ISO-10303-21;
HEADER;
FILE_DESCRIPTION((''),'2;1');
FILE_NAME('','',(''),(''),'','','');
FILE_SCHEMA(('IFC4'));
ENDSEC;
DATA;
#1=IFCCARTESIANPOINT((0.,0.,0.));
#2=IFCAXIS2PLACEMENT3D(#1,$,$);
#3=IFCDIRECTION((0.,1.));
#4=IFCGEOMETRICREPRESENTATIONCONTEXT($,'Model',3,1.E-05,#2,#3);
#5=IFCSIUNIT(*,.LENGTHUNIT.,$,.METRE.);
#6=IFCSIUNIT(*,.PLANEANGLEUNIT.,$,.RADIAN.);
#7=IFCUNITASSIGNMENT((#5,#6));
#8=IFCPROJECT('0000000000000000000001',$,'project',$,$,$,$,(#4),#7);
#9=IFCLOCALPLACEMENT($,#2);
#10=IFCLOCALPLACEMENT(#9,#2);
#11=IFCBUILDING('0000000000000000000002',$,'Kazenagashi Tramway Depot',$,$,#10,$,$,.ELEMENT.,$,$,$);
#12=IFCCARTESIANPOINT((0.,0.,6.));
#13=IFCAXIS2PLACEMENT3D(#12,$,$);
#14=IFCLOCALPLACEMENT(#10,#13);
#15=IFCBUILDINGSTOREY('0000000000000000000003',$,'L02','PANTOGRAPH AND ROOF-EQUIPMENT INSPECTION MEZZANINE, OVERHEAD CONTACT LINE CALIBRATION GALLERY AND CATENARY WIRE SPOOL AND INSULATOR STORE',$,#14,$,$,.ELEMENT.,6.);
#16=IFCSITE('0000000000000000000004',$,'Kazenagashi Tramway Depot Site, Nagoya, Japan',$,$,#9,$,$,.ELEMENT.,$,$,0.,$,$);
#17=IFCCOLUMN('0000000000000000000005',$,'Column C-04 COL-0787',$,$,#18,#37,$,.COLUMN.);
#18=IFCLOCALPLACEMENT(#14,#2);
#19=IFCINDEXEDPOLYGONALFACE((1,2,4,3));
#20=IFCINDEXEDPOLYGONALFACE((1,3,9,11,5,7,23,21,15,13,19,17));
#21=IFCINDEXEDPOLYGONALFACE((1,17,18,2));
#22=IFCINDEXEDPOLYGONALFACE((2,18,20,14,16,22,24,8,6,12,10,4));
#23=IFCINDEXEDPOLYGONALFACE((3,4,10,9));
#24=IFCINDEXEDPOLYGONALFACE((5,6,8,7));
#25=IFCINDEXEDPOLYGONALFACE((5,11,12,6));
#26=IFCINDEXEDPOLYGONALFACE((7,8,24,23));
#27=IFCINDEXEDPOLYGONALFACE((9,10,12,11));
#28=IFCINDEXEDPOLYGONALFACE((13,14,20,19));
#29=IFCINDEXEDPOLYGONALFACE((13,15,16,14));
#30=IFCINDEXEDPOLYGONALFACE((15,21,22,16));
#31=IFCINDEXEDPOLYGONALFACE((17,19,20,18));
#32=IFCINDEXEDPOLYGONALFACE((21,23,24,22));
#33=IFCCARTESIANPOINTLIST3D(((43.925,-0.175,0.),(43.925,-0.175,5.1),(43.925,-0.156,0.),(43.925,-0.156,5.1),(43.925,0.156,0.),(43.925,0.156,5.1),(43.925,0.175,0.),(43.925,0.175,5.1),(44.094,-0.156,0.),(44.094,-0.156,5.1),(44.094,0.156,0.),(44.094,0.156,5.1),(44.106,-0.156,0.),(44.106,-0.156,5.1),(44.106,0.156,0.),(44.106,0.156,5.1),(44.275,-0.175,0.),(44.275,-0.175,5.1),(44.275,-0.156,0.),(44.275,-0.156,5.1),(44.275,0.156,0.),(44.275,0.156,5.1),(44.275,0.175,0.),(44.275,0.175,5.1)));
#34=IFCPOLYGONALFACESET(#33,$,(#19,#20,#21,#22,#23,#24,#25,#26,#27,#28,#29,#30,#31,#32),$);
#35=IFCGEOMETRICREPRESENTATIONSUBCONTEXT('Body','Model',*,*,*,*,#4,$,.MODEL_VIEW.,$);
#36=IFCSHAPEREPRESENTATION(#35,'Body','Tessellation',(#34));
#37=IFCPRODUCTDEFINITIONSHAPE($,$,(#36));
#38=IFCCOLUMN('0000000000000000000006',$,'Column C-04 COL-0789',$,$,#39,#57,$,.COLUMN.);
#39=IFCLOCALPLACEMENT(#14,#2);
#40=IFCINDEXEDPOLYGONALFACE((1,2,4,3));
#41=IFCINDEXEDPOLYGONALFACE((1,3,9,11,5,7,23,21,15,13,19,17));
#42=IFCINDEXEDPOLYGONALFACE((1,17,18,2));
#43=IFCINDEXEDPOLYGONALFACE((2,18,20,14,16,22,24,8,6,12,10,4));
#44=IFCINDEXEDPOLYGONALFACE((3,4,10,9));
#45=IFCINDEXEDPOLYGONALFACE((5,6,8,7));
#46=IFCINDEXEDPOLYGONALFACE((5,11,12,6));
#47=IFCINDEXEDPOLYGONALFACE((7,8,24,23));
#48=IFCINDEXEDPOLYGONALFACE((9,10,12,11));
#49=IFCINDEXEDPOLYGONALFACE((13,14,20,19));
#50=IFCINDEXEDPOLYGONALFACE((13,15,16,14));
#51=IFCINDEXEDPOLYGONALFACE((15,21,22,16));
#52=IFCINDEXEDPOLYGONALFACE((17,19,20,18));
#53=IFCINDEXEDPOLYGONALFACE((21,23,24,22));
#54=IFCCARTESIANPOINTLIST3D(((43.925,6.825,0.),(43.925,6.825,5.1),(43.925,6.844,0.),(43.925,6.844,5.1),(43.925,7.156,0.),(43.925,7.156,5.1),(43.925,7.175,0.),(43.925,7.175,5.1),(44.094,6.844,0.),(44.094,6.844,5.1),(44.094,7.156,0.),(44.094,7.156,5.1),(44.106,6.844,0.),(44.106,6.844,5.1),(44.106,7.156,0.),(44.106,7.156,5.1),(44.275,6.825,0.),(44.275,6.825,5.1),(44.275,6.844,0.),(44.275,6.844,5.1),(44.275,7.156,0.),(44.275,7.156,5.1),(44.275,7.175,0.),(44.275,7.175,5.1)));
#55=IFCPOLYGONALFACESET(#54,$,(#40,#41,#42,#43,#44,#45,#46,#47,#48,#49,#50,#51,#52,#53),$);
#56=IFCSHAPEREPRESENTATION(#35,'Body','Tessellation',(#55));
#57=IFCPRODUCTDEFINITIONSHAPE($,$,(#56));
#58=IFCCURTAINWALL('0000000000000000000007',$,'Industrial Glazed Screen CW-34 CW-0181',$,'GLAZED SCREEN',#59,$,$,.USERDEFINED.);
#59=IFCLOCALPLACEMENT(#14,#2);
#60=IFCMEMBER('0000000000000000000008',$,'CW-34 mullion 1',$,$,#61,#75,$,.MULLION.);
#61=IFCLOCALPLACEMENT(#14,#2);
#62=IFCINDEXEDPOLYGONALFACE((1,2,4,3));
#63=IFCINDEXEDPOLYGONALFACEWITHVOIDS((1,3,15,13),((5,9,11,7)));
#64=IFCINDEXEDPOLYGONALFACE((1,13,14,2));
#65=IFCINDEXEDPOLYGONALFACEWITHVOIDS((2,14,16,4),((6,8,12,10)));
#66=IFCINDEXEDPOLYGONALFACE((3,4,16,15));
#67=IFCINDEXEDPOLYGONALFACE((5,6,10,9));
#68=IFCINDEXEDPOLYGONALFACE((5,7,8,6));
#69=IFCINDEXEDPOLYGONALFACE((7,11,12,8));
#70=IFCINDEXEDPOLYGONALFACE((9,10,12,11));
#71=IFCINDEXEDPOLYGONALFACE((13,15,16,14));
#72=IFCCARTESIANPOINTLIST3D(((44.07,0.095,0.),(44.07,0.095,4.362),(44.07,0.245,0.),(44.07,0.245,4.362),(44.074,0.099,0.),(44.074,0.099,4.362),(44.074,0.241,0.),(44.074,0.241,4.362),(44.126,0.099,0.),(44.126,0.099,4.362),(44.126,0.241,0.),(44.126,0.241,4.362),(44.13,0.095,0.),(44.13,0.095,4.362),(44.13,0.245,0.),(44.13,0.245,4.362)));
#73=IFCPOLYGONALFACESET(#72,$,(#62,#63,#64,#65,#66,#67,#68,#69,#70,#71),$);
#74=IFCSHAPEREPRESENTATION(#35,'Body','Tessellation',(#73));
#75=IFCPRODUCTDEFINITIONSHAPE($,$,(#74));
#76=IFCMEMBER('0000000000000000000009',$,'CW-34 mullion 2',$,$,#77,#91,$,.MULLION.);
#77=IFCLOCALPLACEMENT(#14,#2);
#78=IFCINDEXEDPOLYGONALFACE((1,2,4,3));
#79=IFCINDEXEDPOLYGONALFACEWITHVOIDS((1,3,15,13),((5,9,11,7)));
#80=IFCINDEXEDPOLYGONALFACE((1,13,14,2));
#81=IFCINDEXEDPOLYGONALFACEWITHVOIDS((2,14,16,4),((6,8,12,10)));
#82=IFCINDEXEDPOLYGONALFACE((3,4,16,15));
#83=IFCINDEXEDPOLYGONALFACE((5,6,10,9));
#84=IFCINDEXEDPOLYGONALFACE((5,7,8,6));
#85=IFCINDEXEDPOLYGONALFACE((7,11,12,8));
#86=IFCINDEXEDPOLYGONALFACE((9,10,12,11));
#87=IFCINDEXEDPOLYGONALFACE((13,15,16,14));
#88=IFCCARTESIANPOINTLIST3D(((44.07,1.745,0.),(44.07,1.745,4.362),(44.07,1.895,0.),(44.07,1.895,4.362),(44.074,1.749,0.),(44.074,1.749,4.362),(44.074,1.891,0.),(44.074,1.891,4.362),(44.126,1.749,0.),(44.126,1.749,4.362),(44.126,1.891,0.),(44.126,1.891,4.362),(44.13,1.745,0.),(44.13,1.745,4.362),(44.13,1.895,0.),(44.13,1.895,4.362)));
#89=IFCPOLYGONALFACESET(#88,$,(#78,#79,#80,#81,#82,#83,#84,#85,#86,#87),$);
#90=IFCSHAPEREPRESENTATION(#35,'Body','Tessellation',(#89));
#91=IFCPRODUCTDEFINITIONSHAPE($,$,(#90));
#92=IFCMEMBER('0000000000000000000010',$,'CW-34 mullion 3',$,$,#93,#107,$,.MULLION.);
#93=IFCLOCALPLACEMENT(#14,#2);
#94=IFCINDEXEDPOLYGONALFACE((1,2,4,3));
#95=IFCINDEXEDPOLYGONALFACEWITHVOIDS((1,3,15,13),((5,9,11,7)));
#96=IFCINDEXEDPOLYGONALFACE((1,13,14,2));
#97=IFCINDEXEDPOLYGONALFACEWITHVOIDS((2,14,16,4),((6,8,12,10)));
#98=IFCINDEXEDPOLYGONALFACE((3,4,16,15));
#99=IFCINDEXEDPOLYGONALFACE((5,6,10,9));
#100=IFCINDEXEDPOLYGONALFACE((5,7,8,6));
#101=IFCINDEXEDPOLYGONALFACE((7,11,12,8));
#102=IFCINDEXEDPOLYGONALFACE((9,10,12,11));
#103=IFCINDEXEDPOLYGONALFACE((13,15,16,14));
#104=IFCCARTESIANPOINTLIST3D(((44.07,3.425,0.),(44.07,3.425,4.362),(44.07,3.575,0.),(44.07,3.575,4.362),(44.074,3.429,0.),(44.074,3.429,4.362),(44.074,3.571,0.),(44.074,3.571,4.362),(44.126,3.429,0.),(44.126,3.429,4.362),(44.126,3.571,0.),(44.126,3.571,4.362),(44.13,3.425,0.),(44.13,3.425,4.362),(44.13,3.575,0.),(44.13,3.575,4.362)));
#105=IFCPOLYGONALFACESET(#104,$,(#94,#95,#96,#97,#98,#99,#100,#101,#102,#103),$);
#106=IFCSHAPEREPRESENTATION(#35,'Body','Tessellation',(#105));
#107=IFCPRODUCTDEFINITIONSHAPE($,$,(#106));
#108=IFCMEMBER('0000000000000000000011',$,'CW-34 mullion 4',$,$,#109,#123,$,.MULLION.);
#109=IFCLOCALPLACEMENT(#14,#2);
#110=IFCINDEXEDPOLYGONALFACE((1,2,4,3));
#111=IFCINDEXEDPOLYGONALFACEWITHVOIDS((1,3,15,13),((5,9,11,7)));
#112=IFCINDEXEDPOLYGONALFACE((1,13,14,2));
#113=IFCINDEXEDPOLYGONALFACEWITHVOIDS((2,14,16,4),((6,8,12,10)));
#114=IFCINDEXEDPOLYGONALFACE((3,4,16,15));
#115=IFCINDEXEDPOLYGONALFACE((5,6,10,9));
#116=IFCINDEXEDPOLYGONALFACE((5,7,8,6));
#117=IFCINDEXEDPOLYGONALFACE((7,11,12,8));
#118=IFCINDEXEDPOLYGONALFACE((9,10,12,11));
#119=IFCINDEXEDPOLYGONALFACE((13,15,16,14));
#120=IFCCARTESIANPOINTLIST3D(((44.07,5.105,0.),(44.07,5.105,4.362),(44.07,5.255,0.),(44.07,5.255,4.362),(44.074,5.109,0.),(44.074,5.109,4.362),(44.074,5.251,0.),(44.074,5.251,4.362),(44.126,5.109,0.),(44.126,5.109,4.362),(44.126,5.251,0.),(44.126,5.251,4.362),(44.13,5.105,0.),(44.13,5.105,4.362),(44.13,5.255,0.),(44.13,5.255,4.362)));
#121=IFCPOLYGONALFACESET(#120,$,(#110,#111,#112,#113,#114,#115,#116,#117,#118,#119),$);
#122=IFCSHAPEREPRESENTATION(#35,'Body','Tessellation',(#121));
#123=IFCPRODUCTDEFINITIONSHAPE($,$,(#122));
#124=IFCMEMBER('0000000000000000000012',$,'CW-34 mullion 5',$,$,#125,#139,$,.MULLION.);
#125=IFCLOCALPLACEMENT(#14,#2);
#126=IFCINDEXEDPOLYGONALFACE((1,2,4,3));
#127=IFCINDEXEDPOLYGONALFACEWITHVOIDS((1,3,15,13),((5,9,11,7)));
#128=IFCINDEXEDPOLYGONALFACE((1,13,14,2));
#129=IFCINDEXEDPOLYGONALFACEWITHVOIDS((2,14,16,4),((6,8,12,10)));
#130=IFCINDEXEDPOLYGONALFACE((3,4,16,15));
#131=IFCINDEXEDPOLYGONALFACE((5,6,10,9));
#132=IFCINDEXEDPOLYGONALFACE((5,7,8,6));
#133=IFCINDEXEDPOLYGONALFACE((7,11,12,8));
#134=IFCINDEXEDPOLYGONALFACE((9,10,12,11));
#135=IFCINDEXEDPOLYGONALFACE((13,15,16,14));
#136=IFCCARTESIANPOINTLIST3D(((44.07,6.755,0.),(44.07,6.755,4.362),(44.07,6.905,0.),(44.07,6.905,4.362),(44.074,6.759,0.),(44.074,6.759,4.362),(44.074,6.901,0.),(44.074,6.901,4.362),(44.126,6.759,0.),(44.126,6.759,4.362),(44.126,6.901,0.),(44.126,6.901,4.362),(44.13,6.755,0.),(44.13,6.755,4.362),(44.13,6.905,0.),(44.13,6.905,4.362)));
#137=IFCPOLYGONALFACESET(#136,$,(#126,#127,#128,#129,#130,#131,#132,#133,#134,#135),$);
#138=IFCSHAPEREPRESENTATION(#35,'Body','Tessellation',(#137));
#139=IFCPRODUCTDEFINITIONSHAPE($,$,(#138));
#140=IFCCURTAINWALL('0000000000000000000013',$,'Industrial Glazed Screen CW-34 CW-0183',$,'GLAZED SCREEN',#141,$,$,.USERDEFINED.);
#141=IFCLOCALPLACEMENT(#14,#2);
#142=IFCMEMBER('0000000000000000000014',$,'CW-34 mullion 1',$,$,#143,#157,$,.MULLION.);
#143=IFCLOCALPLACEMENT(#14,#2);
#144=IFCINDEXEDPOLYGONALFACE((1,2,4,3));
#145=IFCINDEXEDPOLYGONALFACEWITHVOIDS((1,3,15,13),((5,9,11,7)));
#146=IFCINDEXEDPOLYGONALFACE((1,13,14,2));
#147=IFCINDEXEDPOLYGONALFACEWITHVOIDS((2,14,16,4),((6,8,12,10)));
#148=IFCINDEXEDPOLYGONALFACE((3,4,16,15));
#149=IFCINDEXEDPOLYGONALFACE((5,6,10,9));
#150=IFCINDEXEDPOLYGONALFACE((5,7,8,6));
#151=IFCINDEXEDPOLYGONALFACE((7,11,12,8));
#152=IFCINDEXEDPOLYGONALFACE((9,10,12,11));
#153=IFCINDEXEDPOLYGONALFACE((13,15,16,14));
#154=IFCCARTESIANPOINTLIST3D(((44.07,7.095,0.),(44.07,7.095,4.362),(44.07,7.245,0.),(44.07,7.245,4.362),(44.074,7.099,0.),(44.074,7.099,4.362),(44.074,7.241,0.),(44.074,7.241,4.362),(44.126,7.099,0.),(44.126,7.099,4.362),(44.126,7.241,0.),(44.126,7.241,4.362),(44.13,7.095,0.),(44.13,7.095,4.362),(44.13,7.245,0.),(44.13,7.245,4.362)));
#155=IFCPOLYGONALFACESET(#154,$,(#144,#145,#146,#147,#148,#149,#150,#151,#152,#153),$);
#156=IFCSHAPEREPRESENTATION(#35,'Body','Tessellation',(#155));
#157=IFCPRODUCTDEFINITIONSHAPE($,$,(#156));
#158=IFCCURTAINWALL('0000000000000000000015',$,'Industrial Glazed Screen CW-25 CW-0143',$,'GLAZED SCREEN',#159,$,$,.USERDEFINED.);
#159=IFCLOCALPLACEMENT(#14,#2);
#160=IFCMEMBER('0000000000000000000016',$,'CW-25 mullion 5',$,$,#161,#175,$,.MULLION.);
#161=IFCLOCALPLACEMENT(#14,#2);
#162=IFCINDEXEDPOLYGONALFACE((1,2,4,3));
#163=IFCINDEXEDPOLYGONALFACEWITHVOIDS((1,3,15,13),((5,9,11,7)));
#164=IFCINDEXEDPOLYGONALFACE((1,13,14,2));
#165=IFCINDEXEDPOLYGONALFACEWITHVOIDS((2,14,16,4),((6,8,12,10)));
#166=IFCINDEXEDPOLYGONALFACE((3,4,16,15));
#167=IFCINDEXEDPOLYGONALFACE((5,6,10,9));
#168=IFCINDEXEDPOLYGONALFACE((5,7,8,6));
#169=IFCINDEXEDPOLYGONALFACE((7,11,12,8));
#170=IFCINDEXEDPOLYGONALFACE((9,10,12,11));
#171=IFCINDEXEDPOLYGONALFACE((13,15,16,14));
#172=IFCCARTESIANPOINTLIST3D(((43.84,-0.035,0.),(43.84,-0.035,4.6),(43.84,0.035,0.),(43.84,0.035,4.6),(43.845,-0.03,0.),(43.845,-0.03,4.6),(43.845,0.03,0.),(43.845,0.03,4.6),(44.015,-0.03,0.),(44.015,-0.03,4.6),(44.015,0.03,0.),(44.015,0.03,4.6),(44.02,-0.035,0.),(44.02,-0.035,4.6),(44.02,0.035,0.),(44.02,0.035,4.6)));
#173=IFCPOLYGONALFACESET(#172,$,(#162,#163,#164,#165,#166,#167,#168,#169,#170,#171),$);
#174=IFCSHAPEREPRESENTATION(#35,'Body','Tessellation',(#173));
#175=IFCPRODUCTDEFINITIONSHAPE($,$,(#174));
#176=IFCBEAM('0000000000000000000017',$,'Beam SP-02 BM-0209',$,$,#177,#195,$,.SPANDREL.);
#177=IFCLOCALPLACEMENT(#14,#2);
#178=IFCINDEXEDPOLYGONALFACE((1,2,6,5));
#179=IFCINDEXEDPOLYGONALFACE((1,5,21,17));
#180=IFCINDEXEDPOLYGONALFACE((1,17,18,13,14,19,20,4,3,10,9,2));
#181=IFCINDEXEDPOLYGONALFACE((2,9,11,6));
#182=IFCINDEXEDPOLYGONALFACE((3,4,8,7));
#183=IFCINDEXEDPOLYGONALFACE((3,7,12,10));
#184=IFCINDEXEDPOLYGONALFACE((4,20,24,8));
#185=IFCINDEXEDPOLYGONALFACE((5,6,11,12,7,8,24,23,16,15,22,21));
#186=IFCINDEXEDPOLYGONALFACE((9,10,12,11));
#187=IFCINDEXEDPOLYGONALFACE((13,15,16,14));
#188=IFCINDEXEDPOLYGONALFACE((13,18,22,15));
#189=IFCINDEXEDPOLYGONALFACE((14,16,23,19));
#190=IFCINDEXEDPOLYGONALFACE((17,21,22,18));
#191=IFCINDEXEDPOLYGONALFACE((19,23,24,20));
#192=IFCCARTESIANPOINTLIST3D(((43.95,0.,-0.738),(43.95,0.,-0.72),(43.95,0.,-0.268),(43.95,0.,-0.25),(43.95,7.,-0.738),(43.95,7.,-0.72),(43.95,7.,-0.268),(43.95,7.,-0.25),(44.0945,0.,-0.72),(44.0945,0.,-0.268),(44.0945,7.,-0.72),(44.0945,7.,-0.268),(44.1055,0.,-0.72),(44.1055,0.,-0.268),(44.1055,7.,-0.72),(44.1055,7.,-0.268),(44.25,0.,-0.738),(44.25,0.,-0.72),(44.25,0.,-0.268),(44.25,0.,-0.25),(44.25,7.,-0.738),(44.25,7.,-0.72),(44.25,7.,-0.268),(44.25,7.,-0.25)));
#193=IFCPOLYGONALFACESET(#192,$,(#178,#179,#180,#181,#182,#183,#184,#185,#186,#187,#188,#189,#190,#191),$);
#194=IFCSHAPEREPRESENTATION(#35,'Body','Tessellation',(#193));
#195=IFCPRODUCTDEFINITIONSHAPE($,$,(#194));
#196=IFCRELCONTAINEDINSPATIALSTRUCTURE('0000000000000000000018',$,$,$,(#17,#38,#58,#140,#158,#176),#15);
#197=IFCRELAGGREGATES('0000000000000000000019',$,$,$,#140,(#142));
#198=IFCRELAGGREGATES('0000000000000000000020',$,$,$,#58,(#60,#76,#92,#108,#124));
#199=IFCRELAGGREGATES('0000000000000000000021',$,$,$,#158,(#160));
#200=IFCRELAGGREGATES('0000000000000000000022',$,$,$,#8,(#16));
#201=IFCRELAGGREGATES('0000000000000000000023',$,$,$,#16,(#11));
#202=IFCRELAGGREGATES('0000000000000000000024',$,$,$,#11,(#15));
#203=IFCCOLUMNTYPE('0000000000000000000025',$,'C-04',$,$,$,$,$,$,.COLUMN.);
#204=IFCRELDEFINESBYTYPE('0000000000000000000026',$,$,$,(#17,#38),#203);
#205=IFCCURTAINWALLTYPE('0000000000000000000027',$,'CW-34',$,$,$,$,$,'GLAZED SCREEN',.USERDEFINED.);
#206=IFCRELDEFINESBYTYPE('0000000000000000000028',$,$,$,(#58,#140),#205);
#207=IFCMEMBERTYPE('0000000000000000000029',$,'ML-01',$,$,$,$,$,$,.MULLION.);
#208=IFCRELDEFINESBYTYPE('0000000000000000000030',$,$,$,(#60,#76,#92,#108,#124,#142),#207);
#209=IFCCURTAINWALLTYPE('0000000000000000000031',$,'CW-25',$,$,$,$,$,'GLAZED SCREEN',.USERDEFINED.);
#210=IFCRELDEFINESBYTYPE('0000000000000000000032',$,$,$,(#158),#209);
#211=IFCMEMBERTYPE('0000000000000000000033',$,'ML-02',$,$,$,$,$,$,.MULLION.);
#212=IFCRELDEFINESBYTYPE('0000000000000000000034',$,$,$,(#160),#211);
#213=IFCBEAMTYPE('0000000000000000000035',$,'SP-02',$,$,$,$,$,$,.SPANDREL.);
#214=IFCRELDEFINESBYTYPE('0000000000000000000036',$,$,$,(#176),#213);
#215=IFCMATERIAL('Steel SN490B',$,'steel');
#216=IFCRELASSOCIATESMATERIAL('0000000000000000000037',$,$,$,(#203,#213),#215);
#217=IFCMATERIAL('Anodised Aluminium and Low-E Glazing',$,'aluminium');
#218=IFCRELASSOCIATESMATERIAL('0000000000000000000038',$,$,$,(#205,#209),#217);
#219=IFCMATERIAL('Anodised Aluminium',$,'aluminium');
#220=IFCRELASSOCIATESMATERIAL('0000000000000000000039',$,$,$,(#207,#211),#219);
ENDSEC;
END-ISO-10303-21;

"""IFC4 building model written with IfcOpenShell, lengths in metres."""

from ifc_helpers import new_model, si_unit, direction, frame, origin, origin_2d, place, context, subcontext, project, spatial, hollow_rectangle, i_section, extrude, material, material_profile, profile_set, type_object, element, aggregate, save


model = new_model("IFC4")

# Units and contexts
model_context = context("Model", 3, precision=1e-05, world=origin(), true_north=direction((0.0, 1.0)))
body_context = subcontext(model_context, "Body", "Model", "MODEL_VIEW")
ifc_project = project(units=[si_unit("LENGTHUNIT", "METRE"), si_unit("PLANEANGLEUNIT", "RADIAN")], contexts=[model_context])

# Site, building, storey
site_placement = place(None, origin())
site = spatial("IfcSite", under=ifc_project, at=site_placement, Name="Kazenagashi Tramway Depot Site, Nagoya, Japan", CompositionType="ELEMENT", RefElevation=0.0)
building_placement = place(site_placement, origin())
building = spatial("IfcBuilding", under=site, at=building_placement, Name="Kazenagashi Tramway Depot", CompositionType="ELEMENT")
storey_placement = place(building_placement, frame((0.0, 0.0, 6.0)))
storey = spatial("IfcBuildingStorey", under=building, at=storey_placement, Name="L02", Description="PANTOGRAPH AND ROOF-EQUIPMENT INSPECTION MEZZANINE, OVERHEAD CONTACT LINE CALIBRATION GALLERY AND CATENARY WIRE SPOOL AND INSULATOR STORE", CompositionType="ELEMENT", Elevation=6.0)

# Columns
ifc_material_1 = material(Name="Steel SN490B", Category="steel")
ifc_material_profile_1 = material_profile(ifc_material_1, i_section(OverallWidth=0.35, OverallDepth=0.35, WebThickness=0.012, FlangeThickness=0.019, at=origin_2d()), Name="H-350x350x12x19")
ifc_profile_set_1 = profile_set([ifc_material_profile_1], Name="Steel SN490B")
column_type = type_object("IfcColumnType", Name="C-04", PredefinedType="COLUMN", material=ifc_profile_set_1)
for number, where, z_axis, x_axis, name in (
    (1, (44.1, 0.0, 0.0), (0.0, 0.0, 1.0), (1.0, 0.0, 0.0), "Column C-04 COL-0787"),
    (2, (44.1, 7.0, 0.0), (0.0, 0.0, 1.0), (1.0, 0.0, 0.0), "Column C-04 COL-0789"),
):
    element("IfcColumn", number, at=place(storey_placement, frame(where, z_axis=z_axis, x_axis=x_axis)), inside=storey, type_object=column_type, Name=name, PredefinedType="COLUMN", context=body_context, shape_type="SweptSolid", body=[
        extrude(i_section(OverallWidth=0.35, OverallDepth=0.35, WebThickness=0.012, FlangeThickness=0.019, at=origin_2d()), origin(), (0.0, 0.0, 1.0), 5.1),
    ])

# Curtain wall, members
ifc_material_2 = material(Name="Anodised Aluminium and Low-E Glazing", Category="aluminium")
curtain_wall_type_1 = type_object("IfcCurtainWallType", Name="CW-34", ElementType="GLAZED SCREEN", PredefinedType="USERDEFINED", material=ifc_material_2)
curtain_wall_1_placement = place(storey_placement, origin())
curtain_wall_1 = element("IfcCurtainWall", 3, at=curtain_wall_1_placement, inside=storey, type_object=curtain_wall_type_1, Name="Industrial Glazed Screen CW-34 CW-0181", ObjectType="GLAZED SCREEN", PredefinedType="USERDEFINED")
ifc_material_3 = material(Name="Anodised Aluminium", Category="aluminium")
ifc_material_profile_2 = material_profile(ifc_material_3, hollow_rectangle(XDim=0.06, YDim=0.15, WallThickness=0.004, at=origin_2d()), Name="RHS-150x60x4")
ifc_profile_set_2 = profile_set([ifc_material_profile_2], Name="Anodised Aluminium")
member_type_1 = type_object("IfcMemberType", Name="ML-01", PredefinedType="MULLION", material=ifc_profile_set_2)
member_1_placement = place(storey_placement, frame((44.1, 0.17, 0.0), z_axis=(0.0, 0.0, 1.0), x_axis=(-1.0, 0.0, 0.0)))
member_1 = element("IfcMember", 4, at=member_1_placement, type_object=member_type_1, Name="CW-34 mullion 1", PredefinedType="MULLION", context=body_context, shape_type="SweptSolid", body=[
    extrude(hollow_rectangle(XDim=0.06, YDim=0.15, WallThickness=0.004, at=origin_2d()), origin(), (0.0, 0.0, 1.0), 4.362),
])
member_2_placement = place(storey_placement, frame((44.1, 1.82, 0.0), z_axis=(0.0, 0.0, 1.0), x_axis=(-1.0, 0.0, 0.0)))
member_2 = element("IfcMember", 5, at=member_2_placement, type_object=member_type_1, Name="CW-34 mullion 2", PredefinedType="MULLION", context=body_context, shape_type="SweptSolid", body=[
    extrude(hollow_rectangle(XDim=0.06, YDim=0.15, WallThickness=0.004, at=origin_2d()), origin(), (0.0, 0.0, 1.0), 4.362),
])
member_3_placement = place(storey_placement, frame((44.1, 3.5, 0.0), z_axis=(0.0, 0.0, 1.0), x_axis=(-1.0, 0.0, 0.0)))
member_3 = element("IfcMember", 6, at=member_3_placement, type_object=member_type_1, Name="CW-34 mullion 3", PredefinedType="MULLION", context=body_context, shape_type="SweptSolid", body=[
    extrude(hollow_rectangle(XDim=0.06, YDim=0.15, WallThickness=0.004, at=origin_2d()), origin(), (0.0, 0.0, 1.0), 4.362),
])
member_4_placement = place(storey_placement, frame((44.1, 5.18, 0.0), z_axis=(0.0, 0.0, 1.0), x_axis=(-1.0, 0.0, 0.0)))
member_4 = element("IfcMember", 7, at=member_4_placement, type_object=member_type_1, Name="CW-34 mullion 4", PredefinedType="MULLION", context=body_context, shape_type="SweptSolid", body=[
    extrude(hollow_rectangle(XDim=0.06, YDim=0.15, WallThickness=0.004, at=origin_2d()), origin(), (0.0, 0.0, 1.0), 4.362),
])
member_5_placement = place(storey_placement, frame((44.1, 6.83, 0.0), z_axis=(0.0, 0.0, 1.0), x_axis=(-1.0, 0.0, 0.0)))
member_5 = element("IfcMember", 8, at=member_5_placement, type_object=member_type_1, Name="CW-34 mullion 5", PredefinedType="MULLION", context=body_context, shape_type="SweptSolid", body=[
    extrude(hollow_rectangle(XDim=0.06, YDim=0.15, WallThickness=0.004, at=origin_2d()), origin(), (0.0, 0.0, 1.0), 4.362),
])

# Curtain walls, members
curtain_wall_2_placement = place(storey_placement, origin())
curtain_wall_2 = element("IfcCurtainWall", 9, at=curtain_wall_2_placement, inside=storey, type_object=curtain_wall_type_1, Name="Industrial Glazed Screen CW-34 CW-0183", ObjectType="GLAZED SCREEN", PredefinedType="USERDEFINED")
member_6_placement = place(storey_placement, frame((44.1, 7.17, 0.0), z_axis=(0.0, 0.0, 1.0), x_axis=(-1.0, 0.0, 0.0)))
member_6 = element("IfcMember", 10, at=member_6_placement, type_object=member_type_1, Name="CW-34 mullion 1", PredefinedType="MULLION", context=body_context, shape_type="SweptSolid", body=[
    extrude(hollow_rectangle(XDim=0.06, YDim=0.15, WallThickness=0.004, at=origin_2d()), origin(), (0.0, 0.0, 1.0), 4.362),
])
curtain_wall_type_2 = type_object("IfcCurtainWallType", Name="CW-25", ElementType="GLAZED SCREEN", PredefinedType="USERDEFINED", material=ifc_material_2)
curtain_wall_3_placement = place(storey_placement, origin())
curtain_wall_3 = element("IfcCurtainWall", 11, at=curtain_wall_3_placement, inside=storey, type_object=curtain_wall_type_2, Name="Industrial Glazed Screen CW-25 CW-0143", ObjectType="GLAZED SCREEN", PredefinedType="USERDEFINED")
ifc_material_profile_3 = material_profile(ifc_material_3, hollow_rectangle(XDim=0.07, YDim=0.18, WallThickness=0.005, at=origin_2d()), Name="RHS-180x70x5")
ifc_profile_set_3 = profile_set([ifc_material_profile_3], Name="Anodised Aluminium")
member_type_2 = type_object("IfcMemberType", Name="ML-02", PredefinedType="MULLION", material=ifc_profile_set_3)
member_7_placement = place(storey_placement, frame((43.93, 0.0, 0.0), z_axis=(0.0, 0.0, 1.0), x_axis=(0.0, 1.0, 0.0)))
member_7 = element("IfcMember", 12, at=member_7_placement, type_object=member_type_2, Name="CW-25 mullion 5", PredefinedType="MULLION", context=body_context, shape_type="SweptSolid", body=[
    extrude(hollow_rectangle(XDim=0.07, YDim=0.18, WallThickness=0.005, at=origin_2d()), origin(), (0.0, 0.0, 1.0), 4.6),
])

# Beam
ifc_material_profile_4 = material_profile(ifc_material_1, i_section(OverallWidth=0.3, OverallDepth=0.488, WebThickness=0.011, FlangeThickness=0.018, at=origin_2d()), Name="H-488x300x11x18")
ifc_profile_set_4 = profile_set([ifc_material_profile_4], Name="Steel SN490B")
beam_type = type_object("IfcBeamType", Name="SP-02", PredefinedType="SPANDREL", material=ifc_profile_set_4)
for number, where, z_axis, x_axis, name in (
    (13, (44.1, 0.0, -0.494), (0.0, 1.0, 0.0), (-1.0, 0.0, 0.0), "Beam SP-02 BM-0209"),
):
    element("IfcBeam", number, at=place(storey_placement, frame(where, z_axis=z_axis, x_axis=x_axis)), inside=storey, type_object=beam_type, Name=name, PredefinedType="SPANDREL", context=body_context, shape_type="SweptSolid", body=[
        extrude(i_section(OverallWidth=0.3, OverallDepth=0.488, WebThickness=0.011, FlangeThickness=0.018, at=origin_2d()), origin(), (0.0, 0.0, 1.0), 7.0),
    ])

aggregate(curtain_wall_2, [member_6])

aggregate(curtain_wall_1, [member_1, member_2, member_3, member_4, member_5])
aggregate(curtain_wall_3, [member_7])

save(model, "model.ifc")
